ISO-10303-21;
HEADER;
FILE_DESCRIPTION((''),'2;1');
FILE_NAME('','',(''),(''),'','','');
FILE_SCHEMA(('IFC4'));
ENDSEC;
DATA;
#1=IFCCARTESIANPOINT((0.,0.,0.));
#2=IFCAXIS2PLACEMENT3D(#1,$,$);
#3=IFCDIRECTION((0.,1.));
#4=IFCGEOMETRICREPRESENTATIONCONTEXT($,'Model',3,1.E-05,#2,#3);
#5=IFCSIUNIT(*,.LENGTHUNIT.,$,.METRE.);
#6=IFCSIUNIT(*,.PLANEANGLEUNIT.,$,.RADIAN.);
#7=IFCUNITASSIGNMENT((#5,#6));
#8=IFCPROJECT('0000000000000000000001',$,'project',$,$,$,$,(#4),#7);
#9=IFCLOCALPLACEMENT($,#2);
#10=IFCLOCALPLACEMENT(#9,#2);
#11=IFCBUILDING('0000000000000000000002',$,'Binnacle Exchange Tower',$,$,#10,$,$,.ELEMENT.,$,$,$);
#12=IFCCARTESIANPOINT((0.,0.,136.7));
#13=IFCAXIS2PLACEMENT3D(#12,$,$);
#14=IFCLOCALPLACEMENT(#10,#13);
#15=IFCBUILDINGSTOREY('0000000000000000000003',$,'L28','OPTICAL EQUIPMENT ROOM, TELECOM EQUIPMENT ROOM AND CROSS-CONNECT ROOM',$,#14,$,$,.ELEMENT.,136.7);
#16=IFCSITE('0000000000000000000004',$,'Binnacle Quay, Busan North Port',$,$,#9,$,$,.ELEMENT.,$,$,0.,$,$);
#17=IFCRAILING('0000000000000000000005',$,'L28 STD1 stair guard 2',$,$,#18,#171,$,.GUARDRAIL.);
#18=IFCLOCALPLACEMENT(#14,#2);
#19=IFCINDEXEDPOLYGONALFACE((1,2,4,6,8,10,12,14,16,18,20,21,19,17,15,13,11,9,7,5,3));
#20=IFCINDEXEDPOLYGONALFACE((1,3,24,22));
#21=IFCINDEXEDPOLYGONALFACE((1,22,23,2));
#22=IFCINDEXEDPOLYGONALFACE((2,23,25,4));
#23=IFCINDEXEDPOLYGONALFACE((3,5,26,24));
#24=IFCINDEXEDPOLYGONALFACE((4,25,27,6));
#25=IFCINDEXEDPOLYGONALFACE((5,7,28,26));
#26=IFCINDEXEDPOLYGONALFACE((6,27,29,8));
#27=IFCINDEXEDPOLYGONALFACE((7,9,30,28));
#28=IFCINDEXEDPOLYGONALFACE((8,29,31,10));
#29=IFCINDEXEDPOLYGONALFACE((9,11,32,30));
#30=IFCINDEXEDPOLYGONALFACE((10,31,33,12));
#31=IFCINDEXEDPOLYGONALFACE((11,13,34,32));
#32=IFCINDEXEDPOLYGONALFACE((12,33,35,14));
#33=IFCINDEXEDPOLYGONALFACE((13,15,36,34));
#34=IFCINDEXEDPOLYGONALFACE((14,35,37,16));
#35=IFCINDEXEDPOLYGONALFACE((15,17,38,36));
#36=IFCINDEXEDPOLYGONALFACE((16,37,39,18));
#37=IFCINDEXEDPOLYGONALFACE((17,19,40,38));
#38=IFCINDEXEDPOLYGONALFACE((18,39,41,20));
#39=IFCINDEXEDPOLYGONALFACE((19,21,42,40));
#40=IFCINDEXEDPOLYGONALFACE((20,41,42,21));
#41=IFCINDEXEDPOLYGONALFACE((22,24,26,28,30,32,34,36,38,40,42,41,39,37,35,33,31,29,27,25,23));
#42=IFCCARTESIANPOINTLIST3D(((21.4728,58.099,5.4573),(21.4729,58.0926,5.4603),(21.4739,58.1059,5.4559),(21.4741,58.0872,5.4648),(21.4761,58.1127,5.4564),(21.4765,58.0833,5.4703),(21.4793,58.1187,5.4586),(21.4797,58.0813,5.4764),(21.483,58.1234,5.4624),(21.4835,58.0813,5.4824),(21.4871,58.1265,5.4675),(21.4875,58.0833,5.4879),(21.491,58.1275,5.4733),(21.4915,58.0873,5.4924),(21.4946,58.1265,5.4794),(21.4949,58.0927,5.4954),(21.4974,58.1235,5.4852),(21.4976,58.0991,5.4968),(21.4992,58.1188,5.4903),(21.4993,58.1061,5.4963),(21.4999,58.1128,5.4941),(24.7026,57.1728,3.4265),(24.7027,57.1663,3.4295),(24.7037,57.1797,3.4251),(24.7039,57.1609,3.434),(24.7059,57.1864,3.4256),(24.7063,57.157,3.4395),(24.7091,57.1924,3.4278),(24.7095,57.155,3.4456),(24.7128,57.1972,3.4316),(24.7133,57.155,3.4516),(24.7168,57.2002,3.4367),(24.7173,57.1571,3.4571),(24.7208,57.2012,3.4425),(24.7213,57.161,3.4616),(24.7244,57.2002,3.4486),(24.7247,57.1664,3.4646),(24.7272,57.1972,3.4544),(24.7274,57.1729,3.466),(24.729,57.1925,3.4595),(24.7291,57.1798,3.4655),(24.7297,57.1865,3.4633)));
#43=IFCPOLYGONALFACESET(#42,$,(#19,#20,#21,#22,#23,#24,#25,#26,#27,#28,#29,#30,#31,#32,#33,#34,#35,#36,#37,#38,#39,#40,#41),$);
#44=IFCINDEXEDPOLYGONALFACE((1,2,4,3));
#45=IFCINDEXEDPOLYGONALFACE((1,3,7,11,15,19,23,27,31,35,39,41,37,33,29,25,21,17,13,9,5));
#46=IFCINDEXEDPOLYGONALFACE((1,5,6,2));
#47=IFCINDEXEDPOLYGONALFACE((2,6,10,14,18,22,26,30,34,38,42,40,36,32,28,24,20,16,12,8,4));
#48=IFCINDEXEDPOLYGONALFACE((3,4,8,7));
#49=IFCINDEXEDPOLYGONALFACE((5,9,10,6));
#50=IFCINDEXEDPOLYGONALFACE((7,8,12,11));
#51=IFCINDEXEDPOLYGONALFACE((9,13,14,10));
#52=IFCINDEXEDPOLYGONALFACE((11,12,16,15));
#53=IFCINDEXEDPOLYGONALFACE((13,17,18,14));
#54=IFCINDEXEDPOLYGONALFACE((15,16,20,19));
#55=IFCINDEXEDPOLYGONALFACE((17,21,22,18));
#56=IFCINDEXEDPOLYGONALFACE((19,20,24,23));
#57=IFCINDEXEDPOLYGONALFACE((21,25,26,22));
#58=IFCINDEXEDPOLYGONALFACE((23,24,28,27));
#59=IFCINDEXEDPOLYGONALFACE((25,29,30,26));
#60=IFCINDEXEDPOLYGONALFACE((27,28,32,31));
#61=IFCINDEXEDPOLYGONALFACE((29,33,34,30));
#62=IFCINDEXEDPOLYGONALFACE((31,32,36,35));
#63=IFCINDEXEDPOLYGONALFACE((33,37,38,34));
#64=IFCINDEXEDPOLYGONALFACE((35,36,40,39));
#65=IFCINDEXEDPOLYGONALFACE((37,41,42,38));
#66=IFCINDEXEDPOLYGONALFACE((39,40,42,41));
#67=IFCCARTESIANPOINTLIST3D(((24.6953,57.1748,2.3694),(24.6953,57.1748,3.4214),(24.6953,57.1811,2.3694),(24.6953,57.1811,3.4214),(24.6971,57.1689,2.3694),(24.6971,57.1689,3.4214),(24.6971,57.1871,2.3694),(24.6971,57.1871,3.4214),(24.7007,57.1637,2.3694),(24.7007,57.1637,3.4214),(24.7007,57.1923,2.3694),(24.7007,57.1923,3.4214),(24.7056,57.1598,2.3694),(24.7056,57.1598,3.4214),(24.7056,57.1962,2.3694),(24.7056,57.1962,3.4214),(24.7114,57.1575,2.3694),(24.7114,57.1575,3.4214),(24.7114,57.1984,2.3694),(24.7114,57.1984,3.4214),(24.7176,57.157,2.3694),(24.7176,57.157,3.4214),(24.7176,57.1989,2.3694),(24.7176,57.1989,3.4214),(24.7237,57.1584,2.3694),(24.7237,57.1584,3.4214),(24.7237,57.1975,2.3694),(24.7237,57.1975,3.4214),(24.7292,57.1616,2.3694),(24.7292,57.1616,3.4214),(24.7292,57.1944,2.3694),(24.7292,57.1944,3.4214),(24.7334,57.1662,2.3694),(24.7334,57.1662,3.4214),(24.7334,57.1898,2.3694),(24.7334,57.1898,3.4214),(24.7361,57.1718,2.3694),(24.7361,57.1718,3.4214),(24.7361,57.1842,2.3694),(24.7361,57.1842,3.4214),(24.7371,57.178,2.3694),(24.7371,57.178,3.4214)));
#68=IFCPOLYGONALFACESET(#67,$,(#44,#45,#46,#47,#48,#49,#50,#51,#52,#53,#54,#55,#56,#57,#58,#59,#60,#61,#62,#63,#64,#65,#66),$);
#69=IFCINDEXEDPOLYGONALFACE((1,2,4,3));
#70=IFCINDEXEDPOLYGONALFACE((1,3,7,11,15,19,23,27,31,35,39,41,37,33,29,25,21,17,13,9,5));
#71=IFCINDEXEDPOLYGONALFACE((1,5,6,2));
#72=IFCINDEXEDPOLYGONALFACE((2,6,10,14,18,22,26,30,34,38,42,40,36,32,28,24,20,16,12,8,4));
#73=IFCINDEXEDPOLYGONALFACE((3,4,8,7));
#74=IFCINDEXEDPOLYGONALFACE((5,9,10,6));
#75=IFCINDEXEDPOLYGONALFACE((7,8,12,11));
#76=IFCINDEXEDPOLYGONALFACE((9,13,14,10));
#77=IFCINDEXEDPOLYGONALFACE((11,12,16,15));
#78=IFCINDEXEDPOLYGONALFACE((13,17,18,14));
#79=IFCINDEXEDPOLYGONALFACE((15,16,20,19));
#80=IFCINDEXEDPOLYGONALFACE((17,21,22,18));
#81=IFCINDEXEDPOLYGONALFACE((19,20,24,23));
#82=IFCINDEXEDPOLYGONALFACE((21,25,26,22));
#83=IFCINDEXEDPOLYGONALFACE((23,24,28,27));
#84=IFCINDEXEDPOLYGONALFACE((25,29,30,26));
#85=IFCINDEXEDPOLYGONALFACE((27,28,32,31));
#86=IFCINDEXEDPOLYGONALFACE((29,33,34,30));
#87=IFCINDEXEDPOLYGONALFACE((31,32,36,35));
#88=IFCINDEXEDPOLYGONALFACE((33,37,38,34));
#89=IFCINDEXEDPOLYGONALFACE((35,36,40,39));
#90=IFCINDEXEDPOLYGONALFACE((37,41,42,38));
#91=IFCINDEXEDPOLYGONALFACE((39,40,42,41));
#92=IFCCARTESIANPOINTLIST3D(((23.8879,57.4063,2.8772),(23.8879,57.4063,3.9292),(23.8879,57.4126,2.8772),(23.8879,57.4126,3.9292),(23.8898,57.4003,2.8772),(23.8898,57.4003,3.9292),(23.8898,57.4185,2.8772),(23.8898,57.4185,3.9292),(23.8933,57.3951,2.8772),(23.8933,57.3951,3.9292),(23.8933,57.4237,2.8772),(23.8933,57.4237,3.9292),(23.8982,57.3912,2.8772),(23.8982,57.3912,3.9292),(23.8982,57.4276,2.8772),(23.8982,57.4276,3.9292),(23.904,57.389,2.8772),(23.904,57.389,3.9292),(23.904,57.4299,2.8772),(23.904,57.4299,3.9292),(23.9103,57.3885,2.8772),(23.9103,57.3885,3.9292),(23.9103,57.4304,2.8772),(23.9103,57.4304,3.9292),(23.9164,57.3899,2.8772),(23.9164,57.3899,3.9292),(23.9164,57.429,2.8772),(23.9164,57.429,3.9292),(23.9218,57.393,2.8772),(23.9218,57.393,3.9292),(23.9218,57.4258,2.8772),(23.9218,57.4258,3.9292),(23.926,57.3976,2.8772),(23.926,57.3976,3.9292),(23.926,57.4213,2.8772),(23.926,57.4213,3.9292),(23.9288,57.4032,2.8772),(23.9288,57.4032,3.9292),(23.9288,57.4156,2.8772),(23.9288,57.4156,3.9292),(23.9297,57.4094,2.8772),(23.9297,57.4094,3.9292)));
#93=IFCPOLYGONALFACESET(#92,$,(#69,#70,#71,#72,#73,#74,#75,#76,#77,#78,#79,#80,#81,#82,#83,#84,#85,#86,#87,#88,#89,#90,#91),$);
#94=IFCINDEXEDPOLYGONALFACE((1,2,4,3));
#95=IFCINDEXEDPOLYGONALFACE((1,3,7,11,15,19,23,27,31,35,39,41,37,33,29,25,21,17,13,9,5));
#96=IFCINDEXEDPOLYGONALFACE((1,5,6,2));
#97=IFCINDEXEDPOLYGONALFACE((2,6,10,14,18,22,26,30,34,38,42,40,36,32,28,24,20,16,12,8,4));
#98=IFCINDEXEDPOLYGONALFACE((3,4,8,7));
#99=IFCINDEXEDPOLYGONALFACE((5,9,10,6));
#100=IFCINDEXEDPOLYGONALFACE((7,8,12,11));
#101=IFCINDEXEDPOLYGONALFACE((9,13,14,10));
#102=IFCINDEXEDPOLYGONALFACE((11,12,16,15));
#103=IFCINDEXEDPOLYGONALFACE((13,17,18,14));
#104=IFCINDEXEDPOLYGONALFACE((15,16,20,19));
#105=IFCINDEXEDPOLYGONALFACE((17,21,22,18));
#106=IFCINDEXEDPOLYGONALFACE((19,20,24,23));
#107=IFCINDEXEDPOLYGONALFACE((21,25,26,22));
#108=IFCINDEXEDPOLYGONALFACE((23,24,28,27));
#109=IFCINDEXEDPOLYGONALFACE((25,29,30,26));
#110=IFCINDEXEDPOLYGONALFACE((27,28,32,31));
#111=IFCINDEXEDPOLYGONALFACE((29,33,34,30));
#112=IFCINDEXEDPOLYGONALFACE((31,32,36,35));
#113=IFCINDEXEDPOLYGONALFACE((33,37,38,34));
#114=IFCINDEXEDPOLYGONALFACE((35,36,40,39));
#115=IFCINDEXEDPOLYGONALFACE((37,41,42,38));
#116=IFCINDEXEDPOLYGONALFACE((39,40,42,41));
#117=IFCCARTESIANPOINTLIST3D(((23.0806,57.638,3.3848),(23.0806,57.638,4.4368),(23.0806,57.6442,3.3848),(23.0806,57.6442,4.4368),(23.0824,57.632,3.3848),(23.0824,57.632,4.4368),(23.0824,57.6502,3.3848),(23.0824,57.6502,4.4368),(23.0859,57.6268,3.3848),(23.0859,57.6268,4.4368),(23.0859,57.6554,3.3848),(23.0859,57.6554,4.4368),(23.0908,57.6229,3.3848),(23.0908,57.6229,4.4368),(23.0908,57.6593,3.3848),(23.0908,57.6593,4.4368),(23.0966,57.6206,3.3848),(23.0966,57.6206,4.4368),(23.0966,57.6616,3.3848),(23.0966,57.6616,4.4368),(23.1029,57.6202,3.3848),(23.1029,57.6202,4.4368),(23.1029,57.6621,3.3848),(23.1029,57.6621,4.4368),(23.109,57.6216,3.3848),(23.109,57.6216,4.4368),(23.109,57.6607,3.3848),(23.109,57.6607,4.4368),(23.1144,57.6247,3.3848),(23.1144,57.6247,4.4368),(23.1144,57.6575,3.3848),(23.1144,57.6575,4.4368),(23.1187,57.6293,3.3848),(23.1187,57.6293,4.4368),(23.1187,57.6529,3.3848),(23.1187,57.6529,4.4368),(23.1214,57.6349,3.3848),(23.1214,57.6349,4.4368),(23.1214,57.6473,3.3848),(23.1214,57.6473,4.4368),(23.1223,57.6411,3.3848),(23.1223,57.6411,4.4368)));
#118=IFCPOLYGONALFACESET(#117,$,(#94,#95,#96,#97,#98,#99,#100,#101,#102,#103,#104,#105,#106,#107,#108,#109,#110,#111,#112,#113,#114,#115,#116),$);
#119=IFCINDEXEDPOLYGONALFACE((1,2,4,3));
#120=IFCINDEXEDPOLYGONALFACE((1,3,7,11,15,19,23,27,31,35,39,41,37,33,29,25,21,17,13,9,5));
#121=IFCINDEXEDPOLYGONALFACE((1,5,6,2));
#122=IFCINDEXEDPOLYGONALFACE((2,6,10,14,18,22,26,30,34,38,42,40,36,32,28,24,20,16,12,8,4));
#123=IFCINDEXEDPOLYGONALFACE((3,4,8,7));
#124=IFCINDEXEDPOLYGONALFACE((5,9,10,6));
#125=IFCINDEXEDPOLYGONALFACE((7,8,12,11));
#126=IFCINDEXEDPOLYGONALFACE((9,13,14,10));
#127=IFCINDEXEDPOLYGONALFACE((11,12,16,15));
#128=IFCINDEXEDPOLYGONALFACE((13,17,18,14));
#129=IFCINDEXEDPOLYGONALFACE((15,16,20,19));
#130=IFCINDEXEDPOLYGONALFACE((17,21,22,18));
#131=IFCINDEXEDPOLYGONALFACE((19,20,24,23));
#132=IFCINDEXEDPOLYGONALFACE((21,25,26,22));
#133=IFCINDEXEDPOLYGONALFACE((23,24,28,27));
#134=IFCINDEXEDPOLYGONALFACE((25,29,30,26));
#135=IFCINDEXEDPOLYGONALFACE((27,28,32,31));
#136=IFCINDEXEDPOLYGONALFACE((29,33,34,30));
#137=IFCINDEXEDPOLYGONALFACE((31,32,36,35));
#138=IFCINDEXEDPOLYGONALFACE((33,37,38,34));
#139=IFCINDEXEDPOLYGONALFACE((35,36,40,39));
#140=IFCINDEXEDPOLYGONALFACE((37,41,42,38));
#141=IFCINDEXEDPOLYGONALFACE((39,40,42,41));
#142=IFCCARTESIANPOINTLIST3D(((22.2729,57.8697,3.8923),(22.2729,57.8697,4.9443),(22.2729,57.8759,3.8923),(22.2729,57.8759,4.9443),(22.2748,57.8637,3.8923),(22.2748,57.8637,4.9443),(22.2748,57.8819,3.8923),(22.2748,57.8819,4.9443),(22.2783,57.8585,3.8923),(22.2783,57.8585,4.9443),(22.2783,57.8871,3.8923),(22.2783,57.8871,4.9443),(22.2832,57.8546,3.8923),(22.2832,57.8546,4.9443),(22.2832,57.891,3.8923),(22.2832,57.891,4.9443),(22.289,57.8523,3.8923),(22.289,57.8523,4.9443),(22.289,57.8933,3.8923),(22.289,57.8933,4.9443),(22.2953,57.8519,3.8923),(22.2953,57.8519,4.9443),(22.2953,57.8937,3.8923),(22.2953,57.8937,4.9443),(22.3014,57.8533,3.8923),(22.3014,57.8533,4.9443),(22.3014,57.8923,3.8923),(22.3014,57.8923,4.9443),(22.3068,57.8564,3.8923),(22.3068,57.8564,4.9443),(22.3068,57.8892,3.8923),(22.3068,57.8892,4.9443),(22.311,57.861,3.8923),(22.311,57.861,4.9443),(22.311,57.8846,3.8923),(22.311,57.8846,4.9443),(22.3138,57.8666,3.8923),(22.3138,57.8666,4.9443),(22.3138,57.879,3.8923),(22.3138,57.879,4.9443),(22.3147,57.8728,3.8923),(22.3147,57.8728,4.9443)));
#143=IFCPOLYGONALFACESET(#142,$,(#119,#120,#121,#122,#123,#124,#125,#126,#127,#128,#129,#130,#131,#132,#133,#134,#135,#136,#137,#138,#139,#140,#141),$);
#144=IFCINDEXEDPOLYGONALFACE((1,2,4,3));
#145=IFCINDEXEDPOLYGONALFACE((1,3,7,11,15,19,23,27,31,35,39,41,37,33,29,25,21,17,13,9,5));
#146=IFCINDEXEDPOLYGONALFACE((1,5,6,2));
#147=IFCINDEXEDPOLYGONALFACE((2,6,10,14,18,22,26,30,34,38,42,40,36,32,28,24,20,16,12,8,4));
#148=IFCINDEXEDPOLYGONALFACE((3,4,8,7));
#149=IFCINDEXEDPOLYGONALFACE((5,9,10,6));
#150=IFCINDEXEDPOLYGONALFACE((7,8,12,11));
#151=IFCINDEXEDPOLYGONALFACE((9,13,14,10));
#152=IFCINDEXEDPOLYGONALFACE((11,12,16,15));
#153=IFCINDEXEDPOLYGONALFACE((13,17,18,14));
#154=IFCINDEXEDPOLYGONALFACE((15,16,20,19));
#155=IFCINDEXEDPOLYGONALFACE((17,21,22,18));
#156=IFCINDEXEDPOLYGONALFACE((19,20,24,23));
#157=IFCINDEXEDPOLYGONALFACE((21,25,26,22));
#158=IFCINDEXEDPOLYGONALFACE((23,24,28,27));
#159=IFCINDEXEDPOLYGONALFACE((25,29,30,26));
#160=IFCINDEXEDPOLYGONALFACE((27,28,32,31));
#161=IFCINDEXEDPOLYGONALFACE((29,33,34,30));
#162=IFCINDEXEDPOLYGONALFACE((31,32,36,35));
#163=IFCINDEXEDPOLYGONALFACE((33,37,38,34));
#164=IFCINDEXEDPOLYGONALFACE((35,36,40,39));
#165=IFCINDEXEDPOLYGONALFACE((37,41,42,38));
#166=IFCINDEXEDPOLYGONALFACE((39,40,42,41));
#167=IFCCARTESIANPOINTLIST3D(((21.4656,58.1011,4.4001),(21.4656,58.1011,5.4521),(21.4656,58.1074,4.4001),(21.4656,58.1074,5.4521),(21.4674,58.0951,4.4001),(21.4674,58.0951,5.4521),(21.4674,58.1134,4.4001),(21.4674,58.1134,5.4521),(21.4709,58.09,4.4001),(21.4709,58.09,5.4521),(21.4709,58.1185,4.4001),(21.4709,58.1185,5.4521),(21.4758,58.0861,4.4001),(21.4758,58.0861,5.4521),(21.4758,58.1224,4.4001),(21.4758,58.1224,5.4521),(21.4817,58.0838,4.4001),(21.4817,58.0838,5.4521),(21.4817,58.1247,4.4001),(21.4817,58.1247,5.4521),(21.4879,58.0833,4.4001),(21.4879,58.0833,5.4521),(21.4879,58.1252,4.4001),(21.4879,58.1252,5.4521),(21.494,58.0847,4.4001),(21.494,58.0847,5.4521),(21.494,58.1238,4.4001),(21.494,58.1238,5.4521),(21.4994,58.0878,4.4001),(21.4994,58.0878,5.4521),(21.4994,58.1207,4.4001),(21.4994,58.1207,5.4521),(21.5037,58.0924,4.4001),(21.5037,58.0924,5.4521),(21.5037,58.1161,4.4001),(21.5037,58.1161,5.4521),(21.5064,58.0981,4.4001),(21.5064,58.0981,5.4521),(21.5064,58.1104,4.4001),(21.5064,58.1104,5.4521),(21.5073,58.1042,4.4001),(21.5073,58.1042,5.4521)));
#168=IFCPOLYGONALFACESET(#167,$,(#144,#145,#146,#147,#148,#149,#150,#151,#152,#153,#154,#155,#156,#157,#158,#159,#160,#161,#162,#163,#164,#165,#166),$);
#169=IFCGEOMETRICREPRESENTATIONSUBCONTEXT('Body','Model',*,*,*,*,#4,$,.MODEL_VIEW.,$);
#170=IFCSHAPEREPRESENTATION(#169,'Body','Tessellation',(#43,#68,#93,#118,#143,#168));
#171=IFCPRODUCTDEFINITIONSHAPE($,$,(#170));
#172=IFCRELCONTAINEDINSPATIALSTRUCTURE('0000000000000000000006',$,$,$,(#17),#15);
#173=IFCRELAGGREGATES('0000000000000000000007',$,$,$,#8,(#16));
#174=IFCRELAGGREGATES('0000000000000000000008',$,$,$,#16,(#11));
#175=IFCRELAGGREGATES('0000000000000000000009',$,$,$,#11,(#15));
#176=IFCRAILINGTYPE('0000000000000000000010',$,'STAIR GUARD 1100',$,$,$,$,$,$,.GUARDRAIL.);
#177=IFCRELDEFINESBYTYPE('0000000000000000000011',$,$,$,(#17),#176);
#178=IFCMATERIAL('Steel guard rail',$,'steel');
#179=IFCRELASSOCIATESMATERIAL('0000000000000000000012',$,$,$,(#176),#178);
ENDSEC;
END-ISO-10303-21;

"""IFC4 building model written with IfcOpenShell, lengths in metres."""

from ifc_helpers import new_model, si_unit, direction, frame, origin, origin_2d, place, context, subcontext, project, spatial, circle, extrude, material, type_object, element, save


model = new_model("IFC4")

# Units and contexts
model_context = context("Model", 3, precision=1e-05, world=origin(), true_north=direction((0.0, 1.0)))
body_context = subcontext(model_context, "Body", "Model", "MODEL_VIEW")
ifc_project = project(units=[si_unit("LENGTHUNIT", "METRE"), si_unit("PLANEANGLEUNIT", "RADIAN")], contexts=[model_context])

# Site, building, storey
site_placement = place(None, origin())
site = spatial("IfcSite", under=ifc_project, at=site_placement, Name="Binnacle Quay, Busan North Port", CompositionType="ELEMENT", RefElevation=0.0)
building_placement = place(site_placement, origin())
building = spatial("IfcBuilding", under=site, at=building_placement, Name="Binnacle Exchange Tower", CompositionType="ELEMENT")
storey_placement = place(building_placement, frame((0.0, 0.0, 136.7)))
storey = spatial("IfcBuildingStorey", under=building, at=storey_placement, Name="L28", Description="OPTICAL EQUIPMENT ROOM, TELECOM EQUIPMENT ROOM AND CROSS-CONNECT ROOM", CompositionType="ELEMENT", Elevation=136.7)

# Railing
ifc_material_1 = material(Name="Steel guard rail", Category="steel")
railing_type_1 = type_object("IfcRailingType", Name="STAIR GUARD 1100", PredefinedType="GUARDRAIL", material=ifc_material_1)
railing_1_placement = place(storey_placement, frame((24.7161, 57.178, 2.3694)))
element("IfcRailing", 1, at=railing_1_placement, inside=storey, type_object=railing_type_1, Name="L28 STD1 stair guard 2", PredefinedType="GUARDRAIL", context=body_context, shape_type="SweptSolid", body=[
    extrude(circle(Radius=0.0239, at=origin_2d()), frame((0.0, 0.0, 1.0762), z_axis=(-0.822661, 0.235935, 0.517265), x_axis=(-0.275681, -0.961249, 0.0)), (0.0, 0.0, 1.0), 3.926),
    extrude(circle(Radius=0.021, at=origin_2d()), origin(), (0.0, 0.0, 1.0), 1.052),
    extrude(circle(Radius=0.021, at=origin_2d()), frame((-0.8074, 0.2314, 0.5078)), (0.0, 0.0, 1.0), 1.052),
    extrude(circle(Radius=0.021, at=origin_2d()), frame((-1.6147, 0.4631, 1.0154)), (0.0, 0.0, 1.0), 1.052),
    extrude(circle(Radius=0.021, at=origin_2d()), frame((-2.4224, 0.6948, 1.5229)), (0.0, 0.0, 1.0), 1.052),
    extrude(circle(Radius=0.021, at=origin_2d()), frame((-3.2297, 0.9263, 2.0308)), (0.0, 0.0, 1.0), 1.052),
])

save(model, "model.ifc")
